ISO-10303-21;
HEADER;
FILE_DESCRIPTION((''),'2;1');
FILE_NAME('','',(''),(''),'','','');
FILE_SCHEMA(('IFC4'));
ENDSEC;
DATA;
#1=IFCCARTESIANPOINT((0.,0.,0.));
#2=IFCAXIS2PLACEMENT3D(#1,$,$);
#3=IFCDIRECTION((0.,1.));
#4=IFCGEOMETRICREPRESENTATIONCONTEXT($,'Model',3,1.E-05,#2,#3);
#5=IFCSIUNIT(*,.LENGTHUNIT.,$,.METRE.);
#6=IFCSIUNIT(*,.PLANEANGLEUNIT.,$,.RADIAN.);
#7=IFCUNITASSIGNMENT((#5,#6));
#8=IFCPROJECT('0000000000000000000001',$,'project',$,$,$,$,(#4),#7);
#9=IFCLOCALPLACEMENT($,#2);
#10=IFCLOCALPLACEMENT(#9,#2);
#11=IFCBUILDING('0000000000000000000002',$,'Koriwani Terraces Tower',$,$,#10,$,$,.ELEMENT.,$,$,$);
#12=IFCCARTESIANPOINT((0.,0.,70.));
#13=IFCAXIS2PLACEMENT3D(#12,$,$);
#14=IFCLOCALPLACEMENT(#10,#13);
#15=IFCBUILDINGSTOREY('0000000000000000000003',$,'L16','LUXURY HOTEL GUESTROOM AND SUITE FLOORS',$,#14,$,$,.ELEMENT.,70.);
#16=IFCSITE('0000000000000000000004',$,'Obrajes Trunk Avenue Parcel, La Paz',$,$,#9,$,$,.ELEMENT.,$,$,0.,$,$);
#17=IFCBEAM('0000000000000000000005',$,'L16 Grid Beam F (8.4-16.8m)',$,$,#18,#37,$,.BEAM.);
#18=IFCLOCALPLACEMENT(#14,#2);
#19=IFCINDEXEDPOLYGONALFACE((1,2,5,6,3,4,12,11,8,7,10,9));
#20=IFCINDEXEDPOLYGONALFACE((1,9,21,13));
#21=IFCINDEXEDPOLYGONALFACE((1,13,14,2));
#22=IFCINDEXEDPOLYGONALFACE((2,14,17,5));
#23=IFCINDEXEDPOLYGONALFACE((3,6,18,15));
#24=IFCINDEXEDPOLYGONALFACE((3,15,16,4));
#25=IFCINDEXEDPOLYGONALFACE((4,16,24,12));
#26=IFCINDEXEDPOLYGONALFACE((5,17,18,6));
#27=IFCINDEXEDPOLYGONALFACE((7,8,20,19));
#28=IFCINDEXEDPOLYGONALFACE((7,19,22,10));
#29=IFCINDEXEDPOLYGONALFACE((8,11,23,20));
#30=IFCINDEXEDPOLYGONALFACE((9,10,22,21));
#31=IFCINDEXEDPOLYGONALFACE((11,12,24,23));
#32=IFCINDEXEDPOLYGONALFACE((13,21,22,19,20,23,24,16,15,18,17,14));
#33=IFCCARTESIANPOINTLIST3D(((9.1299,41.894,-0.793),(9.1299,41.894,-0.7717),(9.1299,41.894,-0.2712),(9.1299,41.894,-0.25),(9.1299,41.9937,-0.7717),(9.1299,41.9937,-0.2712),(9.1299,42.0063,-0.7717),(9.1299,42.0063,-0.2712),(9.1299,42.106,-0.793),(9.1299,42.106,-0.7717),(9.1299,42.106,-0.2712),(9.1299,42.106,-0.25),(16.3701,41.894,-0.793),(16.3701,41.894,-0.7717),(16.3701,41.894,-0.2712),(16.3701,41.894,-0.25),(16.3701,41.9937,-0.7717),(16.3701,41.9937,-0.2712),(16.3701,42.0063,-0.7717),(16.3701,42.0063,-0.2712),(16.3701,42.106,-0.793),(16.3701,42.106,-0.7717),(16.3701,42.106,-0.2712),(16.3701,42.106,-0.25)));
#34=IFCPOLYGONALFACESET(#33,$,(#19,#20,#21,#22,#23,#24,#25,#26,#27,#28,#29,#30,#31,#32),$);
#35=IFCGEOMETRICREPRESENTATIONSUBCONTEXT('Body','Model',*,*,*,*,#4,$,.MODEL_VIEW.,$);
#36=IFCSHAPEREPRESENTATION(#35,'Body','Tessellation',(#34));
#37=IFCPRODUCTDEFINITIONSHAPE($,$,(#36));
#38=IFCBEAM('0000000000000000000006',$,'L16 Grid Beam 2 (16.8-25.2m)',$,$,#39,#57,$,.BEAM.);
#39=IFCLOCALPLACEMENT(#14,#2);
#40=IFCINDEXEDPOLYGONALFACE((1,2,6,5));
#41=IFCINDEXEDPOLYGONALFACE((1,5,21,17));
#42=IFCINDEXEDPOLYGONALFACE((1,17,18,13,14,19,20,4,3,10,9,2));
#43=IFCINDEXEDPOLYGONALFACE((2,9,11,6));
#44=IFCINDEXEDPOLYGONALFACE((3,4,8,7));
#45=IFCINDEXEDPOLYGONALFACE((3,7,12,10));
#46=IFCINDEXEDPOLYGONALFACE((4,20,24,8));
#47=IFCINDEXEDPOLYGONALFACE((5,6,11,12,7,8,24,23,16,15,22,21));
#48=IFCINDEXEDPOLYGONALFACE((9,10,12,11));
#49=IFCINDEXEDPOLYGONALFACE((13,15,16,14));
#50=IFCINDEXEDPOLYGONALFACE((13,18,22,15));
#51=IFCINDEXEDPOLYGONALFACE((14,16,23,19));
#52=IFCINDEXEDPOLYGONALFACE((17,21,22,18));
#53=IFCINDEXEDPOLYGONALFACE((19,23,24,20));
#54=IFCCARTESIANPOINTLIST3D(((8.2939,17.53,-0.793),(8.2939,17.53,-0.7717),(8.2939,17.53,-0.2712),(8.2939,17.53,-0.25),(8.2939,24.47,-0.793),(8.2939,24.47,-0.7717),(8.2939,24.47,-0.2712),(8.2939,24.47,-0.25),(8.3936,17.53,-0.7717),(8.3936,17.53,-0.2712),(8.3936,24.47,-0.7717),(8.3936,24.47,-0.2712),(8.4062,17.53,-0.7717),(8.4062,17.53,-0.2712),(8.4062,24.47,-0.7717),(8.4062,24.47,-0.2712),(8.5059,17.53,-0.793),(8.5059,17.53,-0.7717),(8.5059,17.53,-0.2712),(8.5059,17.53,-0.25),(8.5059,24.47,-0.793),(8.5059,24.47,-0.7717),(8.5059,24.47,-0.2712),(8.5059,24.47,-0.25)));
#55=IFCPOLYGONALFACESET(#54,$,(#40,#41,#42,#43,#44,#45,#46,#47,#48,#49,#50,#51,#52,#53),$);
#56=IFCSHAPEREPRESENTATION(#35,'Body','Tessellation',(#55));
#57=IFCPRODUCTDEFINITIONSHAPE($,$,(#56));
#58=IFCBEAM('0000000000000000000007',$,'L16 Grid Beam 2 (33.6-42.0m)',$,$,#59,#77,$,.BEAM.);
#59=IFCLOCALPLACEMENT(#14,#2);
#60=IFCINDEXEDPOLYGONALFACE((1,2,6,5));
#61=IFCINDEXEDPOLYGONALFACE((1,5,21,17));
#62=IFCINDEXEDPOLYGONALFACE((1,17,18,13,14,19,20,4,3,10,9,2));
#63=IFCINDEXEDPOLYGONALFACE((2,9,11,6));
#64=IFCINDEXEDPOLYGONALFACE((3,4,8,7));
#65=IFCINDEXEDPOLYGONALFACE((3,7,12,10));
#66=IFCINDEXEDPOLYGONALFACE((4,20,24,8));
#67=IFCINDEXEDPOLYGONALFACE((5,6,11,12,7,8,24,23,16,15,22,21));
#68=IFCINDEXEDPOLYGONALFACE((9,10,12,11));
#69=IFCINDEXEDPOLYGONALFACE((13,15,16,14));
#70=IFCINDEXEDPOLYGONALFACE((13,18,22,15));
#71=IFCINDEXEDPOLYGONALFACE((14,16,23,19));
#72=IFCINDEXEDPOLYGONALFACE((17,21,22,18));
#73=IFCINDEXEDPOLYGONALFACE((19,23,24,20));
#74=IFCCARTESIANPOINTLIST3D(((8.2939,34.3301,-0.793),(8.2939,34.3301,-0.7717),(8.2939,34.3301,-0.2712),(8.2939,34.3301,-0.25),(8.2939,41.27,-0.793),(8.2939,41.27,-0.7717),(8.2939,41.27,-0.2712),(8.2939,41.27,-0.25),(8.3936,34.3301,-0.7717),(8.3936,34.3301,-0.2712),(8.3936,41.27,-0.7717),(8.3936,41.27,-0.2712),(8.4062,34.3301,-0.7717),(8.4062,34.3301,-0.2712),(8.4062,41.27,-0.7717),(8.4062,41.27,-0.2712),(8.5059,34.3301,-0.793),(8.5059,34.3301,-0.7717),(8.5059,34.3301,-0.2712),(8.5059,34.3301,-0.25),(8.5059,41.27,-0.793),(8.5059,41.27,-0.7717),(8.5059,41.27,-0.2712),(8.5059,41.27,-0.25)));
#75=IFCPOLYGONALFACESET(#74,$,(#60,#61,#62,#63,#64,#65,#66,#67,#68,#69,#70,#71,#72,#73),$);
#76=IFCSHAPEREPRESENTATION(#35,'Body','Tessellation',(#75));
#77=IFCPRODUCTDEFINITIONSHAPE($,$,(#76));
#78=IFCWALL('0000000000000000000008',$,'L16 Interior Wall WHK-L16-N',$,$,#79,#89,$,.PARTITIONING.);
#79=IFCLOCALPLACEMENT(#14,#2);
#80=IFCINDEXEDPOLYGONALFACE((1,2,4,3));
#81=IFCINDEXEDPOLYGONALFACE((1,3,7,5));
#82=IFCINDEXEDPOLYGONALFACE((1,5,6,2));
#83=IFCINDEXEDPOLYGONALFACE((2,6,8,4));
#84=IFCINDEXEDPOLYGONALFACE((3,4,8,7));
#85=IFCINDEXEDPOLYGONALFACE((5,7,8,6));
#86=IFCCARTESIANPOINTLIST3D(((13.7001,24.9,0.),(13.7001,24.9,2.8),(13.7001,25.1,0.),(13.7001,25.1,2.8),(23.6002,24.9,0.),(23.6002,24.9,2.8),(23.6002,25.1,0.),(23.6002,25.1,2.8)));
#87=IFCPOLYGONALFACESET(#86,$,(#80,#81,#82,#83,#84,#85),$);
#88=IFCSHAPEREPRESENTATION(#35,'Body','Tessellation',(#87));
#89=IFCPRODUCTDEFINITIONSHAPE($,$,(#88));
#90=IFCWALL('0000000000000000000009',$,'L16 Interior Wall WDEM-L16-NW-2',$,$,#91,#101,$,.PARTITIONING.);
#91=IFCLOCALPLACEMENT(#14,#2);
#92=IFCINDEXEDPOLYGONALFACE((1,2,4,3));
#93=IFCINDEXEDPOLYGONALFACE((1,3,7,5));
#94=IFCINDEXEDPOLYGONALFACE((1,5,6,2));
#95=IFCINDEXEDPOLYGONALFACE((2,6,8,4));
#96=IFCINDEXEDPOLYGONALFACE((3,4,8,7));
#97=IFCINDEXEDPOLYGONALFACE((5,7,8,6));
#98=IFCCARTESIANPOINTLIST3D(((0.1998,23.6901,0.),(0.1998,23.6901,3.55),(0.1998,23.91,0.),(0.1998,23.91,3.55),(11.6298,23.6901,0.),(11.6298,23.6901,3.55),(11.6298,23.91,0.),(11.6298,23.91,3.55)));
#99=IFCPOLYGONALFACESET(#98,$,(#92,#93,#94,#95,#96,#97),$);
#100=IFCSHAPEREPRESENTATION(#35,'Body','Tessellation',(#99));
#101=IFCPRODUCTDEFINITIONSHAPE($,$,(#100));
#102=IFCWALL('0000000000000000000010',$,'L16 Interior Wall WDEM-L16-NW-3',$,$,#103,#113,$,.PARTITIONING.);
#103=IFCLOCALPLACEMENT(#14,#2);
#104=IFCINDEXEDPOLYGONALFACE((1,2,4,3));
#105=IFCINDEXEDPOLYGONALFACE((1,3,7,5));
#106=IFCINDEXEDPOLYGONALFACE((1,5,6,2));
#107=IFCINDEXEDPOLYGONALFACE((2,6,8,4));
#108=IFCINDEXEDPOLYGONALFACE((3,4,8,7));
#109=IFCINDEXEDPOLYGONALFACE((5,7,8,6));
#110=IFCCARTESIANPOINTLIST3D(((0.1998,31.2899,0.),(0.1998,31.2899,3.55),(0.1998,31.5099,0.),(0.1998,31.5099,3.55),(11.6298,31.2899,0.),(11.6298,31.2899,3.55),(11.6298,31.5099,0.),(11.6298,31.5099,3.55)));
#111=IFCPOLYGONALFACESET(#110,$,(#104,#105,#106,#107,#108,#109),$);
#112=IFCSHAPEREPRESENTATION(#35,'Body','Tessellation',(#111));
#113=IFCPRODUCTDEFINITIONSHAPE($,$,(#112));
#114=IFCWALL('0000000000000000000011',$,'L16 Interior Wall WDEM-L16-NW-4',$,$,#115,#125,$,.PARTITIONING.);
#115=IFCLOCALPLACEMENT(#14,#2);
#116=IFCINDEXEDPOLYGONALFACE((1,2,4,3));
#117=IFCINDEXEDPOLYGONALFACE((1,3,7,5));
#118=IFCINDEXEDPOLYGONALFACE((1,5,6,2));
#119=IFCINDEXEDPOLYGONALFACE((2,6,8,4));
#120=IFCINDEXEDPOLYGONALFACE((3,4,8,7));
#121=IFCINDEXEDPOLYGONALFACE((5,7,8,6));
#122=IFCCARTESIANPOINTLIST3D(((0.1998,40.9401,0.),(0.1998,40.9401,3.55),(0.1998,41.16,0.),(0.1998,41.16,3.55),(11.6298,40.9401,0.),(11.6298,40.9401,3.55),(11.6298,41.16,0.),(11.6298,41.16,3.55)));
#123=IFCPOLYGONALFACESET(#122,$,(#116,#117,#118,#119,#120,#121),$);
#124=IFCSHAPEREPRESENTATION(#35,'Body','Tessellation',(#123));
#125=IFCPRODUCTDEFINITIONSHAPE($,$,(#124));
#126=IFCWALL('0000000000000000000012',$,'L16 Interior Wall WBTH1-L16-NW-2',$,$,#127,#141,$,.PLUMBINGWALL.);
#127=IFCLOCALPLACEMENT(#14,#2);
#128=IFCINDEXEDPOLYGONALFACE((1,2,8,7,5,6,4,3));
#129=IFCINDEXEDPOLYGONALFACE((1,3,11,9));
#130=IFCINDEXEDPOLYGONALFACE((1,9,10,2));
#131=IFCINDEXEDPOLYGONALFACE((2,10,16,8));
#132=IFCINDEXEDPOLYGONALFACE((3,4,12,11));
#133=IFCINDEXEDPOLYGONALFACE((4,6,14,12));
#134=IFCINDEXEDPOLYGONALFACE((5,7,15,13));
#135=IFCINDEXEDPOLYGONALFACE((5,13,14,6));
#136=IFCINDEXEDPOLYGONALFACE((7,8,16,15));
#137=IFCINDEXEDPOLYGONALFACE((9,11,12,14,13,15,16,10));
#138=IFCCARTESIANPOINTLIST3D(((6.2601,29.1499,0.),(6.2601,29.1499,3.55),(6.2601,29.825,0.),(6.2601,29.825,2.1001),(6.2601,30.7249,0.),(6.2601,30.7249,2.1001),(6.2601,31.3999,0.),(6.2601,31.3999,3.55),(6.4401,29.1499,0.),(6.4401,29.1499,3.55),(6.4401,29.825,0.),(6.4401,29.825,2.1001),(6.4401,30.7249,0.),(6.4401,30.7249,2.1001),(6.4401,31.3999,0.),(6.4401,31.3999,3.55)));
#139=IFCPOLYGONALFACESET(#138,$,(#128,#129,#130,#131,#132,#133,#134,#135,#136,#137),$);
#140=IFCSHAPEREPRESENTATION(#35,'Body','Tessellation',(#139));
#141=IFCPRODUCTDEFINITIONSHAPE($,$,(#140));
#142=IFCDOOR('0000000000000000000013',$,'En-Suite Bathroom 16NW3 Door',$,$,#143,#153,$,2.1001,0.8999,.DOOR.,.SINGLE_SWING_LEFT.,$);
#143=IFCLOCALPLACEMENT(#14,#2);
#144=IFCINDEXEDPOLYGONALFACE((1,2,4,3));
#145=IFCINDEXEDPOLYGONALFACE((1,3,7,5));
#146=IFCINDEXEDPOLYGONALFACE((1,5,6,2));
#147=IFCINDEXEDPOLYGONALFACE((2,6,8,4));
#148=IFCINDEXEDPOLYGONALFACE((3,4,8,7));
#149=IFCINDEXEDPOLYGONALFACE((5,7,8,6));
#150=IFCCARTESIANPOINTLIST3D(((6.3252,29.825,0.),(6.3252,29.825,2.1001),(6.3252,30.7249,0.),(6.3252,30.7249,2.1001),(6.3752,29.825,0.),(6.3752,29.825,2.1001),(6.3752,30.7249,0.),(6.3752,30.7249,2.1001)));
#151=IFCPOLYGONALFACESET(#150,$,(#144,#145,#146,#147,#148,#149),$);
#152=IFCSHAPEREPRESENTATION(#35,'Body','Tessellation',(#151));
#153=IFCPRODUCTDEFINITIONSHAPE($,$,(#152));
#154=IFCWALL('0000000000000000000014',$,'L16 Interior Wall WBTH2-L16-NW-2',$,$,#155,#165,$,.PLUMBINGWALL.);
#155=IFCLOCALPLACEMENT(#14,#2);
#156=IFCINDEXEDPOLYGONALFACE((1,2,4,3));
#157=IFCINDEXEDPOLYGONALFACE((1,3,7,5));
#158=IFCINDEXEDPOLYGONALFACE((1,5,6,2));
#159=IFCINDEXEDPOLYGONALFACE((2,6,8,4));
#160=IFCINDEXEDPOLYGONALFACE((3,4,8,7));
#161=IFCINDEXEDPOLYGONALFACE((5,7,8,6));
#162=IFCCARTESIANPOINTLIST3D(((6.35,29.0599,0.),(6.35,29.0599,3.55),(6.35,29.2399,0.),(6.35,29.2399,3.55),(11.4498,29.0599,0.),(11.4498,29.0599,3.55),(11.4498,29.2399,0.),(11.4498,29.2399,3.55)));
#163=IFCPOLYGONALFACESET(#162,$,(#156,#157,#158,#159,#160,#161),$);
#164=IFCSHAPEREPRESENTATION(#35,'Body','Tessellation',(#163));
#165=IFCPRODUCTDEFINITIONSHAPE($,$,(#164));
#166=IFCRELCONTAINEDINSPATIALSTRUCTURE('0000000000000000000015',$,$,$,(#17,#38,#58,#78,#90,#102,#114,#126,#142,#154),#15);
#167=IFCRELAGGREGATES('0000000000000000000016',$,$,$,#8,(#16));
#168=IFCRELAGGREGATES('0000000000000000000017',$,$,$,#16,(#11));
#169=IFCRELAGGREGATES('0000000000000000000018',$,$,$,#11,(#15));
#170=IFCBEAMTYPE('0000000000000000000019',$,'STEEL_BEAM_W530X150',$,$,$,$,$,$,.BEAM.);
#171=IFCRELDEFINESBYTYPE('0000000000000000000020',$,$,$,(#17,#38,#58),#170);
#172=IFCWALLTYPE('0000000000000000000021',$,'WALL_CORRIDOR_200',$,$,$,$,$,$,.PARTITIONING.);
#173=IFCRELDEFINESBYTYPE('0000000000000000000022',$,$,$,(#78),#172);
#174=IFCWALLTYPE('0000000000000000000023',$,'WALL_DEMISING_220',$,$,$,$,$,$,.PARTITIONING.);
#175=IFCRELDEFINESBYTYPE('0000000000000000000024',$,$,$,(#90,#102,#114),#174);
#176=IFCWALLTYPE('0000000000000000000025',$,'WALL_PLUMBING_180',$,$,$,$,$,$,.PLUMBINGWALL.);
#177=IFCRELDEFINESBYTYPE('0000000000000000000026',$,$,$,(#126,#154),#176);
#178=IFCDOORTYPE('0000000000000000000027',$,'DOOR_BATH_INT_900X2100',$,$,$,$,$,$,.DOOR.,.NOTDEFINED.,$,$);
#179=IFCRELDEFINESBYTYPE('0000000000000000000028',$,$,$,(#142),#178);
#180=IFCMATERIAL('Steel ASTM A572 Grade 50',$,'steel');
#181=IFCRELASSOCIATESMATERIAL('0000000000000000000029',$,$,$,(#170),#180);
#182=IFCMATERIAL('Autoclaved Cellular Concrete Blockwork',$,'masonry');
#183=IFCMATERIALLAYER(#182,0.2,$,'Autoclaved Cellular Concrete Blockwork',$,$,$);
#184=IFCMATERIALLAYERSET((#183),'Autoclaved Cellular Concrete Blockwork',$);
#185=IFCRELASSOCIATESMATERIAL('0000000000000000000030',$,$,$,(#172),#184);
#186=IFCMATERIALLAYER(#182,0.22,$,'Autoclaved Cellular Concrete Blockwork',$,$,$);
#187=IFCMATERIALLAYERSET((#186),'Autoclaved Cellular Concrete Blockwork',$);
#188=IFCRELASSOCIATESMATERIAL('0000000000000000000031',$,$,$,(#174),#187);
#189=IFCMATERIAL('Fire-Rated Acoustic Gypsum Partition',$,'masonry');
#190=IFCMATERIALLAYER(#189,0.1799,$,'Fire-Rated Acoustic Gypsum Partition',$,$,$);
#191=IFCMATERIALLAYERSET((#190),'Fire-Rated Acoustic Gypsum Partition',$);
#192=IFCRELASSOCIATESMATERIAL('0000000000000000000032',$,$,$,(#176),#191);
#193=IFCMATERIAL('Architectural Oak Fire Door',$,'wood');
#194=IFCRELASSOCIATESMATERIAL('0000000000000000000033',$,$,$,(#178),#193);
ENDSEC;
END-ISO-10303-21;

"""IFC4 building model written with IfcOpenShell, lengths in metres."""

from ifc_helpers import new_model, si_unit, direction, frame, frame_2d, origin, origin_2d, place, context, subcontext, project, spatial, rectangle, i_section, extrude, material, layer, layer_set, material_profile, profile_set, type_object, element, fill, save


model = new_model("IFC4")

# Units and contexts
model_context = context("Model", 3, precision=1e-05, world=origin(), true_north=direction((0.0, 1.0)))
body_context = subcontext(model_context, "Body", "Model", "MODEL_VIEW")
ifc_project = project(units=[si_unit("LENGTHUNIT", "METRE"), si_unit("PLANEANGLEUNIT", "RADIAN")], contexts=[model_context])

# Site, building, storey
site_placement = place(None, origin())
site = spatial("IfcSite", under=ifc_project, at=site_placement, Name="Obrajes Trunk Avenue Parcel, La Paz", CompositionType="ELEMENT", RefElevation=0.0)
building_placement = place(site_placement, origin())
building = spatial("IfcBuilding", under=site, at=building_placement, Name="Koriwani Terraces Tower", CompositionType="ELEMENT")
storey_placement = place(building_placement, frame((0.0, 0.0, 70.0)))
storey = spatial("IfcBuildingStorey", under=building, at=storey_placement, Name="L16", Description="LUXURY HOTEL GUESTROOM AND SUITE FLOORS", CompositionType="ELEMENT", Elevation=70.0)

# Beams
ifc_material_1 = material(Name="Steel ASTM A572 Grade 50", Category="steel")
ifc_material_profile_1 = material_profile(ifc_material_1, i_section(OverallWidth=0.2119, OverallDepth=0.543, WebThickness=0.0127, FlangeThickness=0.0212, at=origin_2d()), Name="Steel ASTM A572 Grade 50", Category="LoadBearing")
ifc_profile_set_1 = profile_set([ifc_material_profile_1], Name="Steel ASTM A572 Grade 50")
beam_type_1 = type_object("IfcBeamType", Name="STEEL_BEAM_W530X150", PredefinedType="BEAM", material=ifc_profile_set_1)
beam_1_placement = place(storey_placement, frame((9.1299, 42.0, -0.5215), z_axis=(1.0, 0.0, 0.0), x_axis=(0.0, 1.0, 0.0)))
element("IfcBeam", 1, at=beam_1_placement, inside=storey, type_object=beam_type_1, Name="L16 Grid Beam F (8.4-16.8m)", PredefinedType="BEAM", context=body_context, shape_type="SweptSolid", body=[
    extrude(i_section(OverallWidth=0.2119, OverallDepth=0.543, WebThickness=0.0127, FlangeThickness=0.0212, at=origin_2d()), origin(), (0.0, 0.0, 1.0), 7.2402),
])
for number, where, z_axis, x_axis, name in (
    (2, (8.3999, 17.53, -0.5215), (0.0, 1.0, 0.0), (-1.0, 0.0, 0.0), "L16 Grid Beam 2 (16.8-25.2m)"),
    (3, (8.3999, 34.3301, -0.5215), (0.0, 1.0, 0.0), (-1.0, 0.0, 0.0), "L16 Grid Beam 2 (33.6-42.0m)"),
):
    element("IfcBeam", number, at=place(storey_placement, frame(where, z_axis=z_axis, x_axis=x_axis)), inside=storey, type_object=beam_type_1, Name=name, PredefinedType="BEAM", context=body_context, shape_type="SweptSolid", body=[
        extrude(i_section(OverallWidth=0.2119, OverallDepth=0.543, WebThickness=0.0127, FlangeThickness=0.0212, at=origin_2d()), origin(), (0.0, 0.0, 1.0), 6.9399),
    ])

# Walls
ifc_material_2 = material(Name="Autoclaved Cellular Concrete Blockwork", Category="masonry")
ifc_layer_1 = layer(ifc_material_2, 0.2, Name="Autoclaved Cellular Concrete Blockwork")
ifc_layer_set_1 = layer_set([ifc_layer_1], Name="Autoclaved Cellular Concrete Blockwork")
wall_type_1 = type_object("IfcWallType", Name="WALL_CORRIDOR_200", PredefinedType="PARTITIONING", material=ifc_layer_set_1)
wall_1_placement = place(storey_placement, frame((13.7, 25.0, 0.0), z_axis=(0.0, 0.0, 1.0), x_axis=(1.0, 0.0, 0.0)))
element("IfcWall", 4, at=wall_1_placement, inside=storey, type_object=wall_type_1, Name="L16 Interior Wall WHK-L16-N", PredefinedType="PARTITIONING", context=body_context, shape_type="SweptSolid", body=[
    extrude(rectangle(XDim=9.9001, YDim=0.2, at=frame_2d((4.9502, 0.0))), origin(), (0.0, 0.0, 1.0), 2.8),
])
ifc_layer_2 = layer(ifc_material_2, 0.22, Name="Autoclaved Cellular Concrete Blockwork")
ifc_layer_set_2 = layer_set([ifc_layer_2], Name="Autoclaved Cellular Concrete Blockwork")
wall_type_2 = type_object("IfcWallType", Name="WALL_DEMISING_220", PredefinedType="PARTITIONING", material=ifc_layer_set_2)
for number, where, z_axis, x_axis, name in (
    (5, (0.2, 23.8, 0.0), (0.0, 0.0, 1.0), (1.0, 0.0, 0.0), "L16 Interior Wall WDEM-L16-NW-2"),
    (6, (0.2, 31.3999, 0.0), (0.0, 0.0, 1.0), (1.0, 0.0, 0.0), "L16 Interior Wall WDEM-L16-NW-3"),
    (7, (0.2, 41.05, 0.0), (0.0, 0.0, 1.0), (1.0, 0.0, 0.0), "L16 Interior Wall WDEM-L16-NW-4"),
):
    element("IfcWall", number, at=place(storey_placement, frame(where, z_axis=z_axis, x_axis=x_axis)), inside=storey, type_object=wall_type_2, Name=name, PredefinedType="PARTITIONING", context=body_context, shape_type="SweptSolid", body=[
        extrude(rectangle(XDim=11.4299, YDim=0.22, at=frame_2d((5.7148, 0.0))), origin(), (0.0, 0.0, 1.0), 3.55),
    ])

# Wall, opening, door
ifc_material_3 = material(Name="Fire-Rated Acoustic Gypsum Partition", Category="masonry")
ifc_layer_3 = layer(ifc_material_3, 0.1799, Name="Fire-Rated Acoustic Gypsum Partition")
ifc_layer_set_3 = layer_set([ifc_layer_3], Name="Fire-Rated Acoustic Gypsum Partition")
wall_type_3 = type_object("IfcWallType", Name="WALL_PLUMBING_180", PredefinedType="PLUMBINGWALL", material=ifc_layer_set_3)
wall_2_placement = place(storey_placement, frame((6.3501, 29.1499, 0.0), z_axis=(0.0, 0.0, 1.0), x_axis=(0.0, 1.0, 0.0)))
wall_2 = element("IfcWall", 8, at=wall_2_placement, inside=storey, type_object=wall_type_3, Name="L16 Interior Wall WBTH1-L16-NW-2", PredefinedType="PLUMBINGWALL", context=body_context, shape_type="SweptSolid", body=[
    extrude(rectangle(XDim=2.25, YDim=0.1799, at=frame_2d((1.125, 0.0))), origin(), (0.0, 0.0, 1.0), 3.55),
])
opening_1_placement = place(wall_2_placement, frame((0.675, 0.0, 0.0)))
opening_1 = element("IfcOpeningElement", 9, at=opening_1_placement, cuts=wall_2, PredefinedType="OPENING", context=body_context, shape_type="SweptSolid", body=[
    extrude(rectangle(XDim=0.8999, YDim=2.1001, at=frame_2d((0.45, 1.05))), frame((0.0, 0.1001, 0.0), z_axis=(0.0, -1.0, 0.0), x_axis=(1.0, 0.0, 0.0)), (0.0, 0.0, 1.0), 0.2),
])
ifc_material_4 = material(Name="Architectural Oak Fire Door", Category="wood")
door_type_1 = type_object("IfcDoorType", Name="DOOR_BATH_INT_900X2100", OperationType="NOTDEFINED", PredefinedType="DOOR", material=ifc_material_4)
door_1_placement = place(opening_1_placement, origin())
door_1 = element("IfcDoor", 10, at=door_1_placement, inside=storey, type_object=door_type_1, Name="En-Suite Bathroom 16NW3 Door", OperationType="SINGLE_SWING_LEFT", OverallHeight=2.1001, OverallWidth=0.8999, PredefinedType="DOOR", context=body_context, shape_type="SweptSolid", body=[
    extrude(rectangle(XDim=0.8999, YDim=2.1001, at=frame_2d((0.45, 1.05))), frame((0.0, 0.0249, 0.0), z_axis=(0.0, -1.0, 0.0), x_axis=(1.0, 0.0, 0.0)), (0.0, 0.0, 1.0), 0.05),
])
fill(opening_1, door_1)

# Wall
wall_3_placement = place(storey_placement, frame((6.3501, 29.1499, 0.0), z_axis=(0.0, 0.0, 1.0), x_axis=(1.0, 0.0, 0.0)))
element("IfcWall", 11, at=wall_3_placement, inside=storey, type_object=wall_type_3, Name="L16 Interior Wall WBTH2-L16-NW-2", PredefinedType="PLUMBINGWALL", context=body_context, shape_type="SweptSolid", body=[
    extrude(rectangle(XDim=5.0999, YDim=0.1799, at=frame_2d((2.5498, 0.0))), origin(), (0.0, 0.0, 1.0), 3.55),
])

save(model, "model.ifc")
